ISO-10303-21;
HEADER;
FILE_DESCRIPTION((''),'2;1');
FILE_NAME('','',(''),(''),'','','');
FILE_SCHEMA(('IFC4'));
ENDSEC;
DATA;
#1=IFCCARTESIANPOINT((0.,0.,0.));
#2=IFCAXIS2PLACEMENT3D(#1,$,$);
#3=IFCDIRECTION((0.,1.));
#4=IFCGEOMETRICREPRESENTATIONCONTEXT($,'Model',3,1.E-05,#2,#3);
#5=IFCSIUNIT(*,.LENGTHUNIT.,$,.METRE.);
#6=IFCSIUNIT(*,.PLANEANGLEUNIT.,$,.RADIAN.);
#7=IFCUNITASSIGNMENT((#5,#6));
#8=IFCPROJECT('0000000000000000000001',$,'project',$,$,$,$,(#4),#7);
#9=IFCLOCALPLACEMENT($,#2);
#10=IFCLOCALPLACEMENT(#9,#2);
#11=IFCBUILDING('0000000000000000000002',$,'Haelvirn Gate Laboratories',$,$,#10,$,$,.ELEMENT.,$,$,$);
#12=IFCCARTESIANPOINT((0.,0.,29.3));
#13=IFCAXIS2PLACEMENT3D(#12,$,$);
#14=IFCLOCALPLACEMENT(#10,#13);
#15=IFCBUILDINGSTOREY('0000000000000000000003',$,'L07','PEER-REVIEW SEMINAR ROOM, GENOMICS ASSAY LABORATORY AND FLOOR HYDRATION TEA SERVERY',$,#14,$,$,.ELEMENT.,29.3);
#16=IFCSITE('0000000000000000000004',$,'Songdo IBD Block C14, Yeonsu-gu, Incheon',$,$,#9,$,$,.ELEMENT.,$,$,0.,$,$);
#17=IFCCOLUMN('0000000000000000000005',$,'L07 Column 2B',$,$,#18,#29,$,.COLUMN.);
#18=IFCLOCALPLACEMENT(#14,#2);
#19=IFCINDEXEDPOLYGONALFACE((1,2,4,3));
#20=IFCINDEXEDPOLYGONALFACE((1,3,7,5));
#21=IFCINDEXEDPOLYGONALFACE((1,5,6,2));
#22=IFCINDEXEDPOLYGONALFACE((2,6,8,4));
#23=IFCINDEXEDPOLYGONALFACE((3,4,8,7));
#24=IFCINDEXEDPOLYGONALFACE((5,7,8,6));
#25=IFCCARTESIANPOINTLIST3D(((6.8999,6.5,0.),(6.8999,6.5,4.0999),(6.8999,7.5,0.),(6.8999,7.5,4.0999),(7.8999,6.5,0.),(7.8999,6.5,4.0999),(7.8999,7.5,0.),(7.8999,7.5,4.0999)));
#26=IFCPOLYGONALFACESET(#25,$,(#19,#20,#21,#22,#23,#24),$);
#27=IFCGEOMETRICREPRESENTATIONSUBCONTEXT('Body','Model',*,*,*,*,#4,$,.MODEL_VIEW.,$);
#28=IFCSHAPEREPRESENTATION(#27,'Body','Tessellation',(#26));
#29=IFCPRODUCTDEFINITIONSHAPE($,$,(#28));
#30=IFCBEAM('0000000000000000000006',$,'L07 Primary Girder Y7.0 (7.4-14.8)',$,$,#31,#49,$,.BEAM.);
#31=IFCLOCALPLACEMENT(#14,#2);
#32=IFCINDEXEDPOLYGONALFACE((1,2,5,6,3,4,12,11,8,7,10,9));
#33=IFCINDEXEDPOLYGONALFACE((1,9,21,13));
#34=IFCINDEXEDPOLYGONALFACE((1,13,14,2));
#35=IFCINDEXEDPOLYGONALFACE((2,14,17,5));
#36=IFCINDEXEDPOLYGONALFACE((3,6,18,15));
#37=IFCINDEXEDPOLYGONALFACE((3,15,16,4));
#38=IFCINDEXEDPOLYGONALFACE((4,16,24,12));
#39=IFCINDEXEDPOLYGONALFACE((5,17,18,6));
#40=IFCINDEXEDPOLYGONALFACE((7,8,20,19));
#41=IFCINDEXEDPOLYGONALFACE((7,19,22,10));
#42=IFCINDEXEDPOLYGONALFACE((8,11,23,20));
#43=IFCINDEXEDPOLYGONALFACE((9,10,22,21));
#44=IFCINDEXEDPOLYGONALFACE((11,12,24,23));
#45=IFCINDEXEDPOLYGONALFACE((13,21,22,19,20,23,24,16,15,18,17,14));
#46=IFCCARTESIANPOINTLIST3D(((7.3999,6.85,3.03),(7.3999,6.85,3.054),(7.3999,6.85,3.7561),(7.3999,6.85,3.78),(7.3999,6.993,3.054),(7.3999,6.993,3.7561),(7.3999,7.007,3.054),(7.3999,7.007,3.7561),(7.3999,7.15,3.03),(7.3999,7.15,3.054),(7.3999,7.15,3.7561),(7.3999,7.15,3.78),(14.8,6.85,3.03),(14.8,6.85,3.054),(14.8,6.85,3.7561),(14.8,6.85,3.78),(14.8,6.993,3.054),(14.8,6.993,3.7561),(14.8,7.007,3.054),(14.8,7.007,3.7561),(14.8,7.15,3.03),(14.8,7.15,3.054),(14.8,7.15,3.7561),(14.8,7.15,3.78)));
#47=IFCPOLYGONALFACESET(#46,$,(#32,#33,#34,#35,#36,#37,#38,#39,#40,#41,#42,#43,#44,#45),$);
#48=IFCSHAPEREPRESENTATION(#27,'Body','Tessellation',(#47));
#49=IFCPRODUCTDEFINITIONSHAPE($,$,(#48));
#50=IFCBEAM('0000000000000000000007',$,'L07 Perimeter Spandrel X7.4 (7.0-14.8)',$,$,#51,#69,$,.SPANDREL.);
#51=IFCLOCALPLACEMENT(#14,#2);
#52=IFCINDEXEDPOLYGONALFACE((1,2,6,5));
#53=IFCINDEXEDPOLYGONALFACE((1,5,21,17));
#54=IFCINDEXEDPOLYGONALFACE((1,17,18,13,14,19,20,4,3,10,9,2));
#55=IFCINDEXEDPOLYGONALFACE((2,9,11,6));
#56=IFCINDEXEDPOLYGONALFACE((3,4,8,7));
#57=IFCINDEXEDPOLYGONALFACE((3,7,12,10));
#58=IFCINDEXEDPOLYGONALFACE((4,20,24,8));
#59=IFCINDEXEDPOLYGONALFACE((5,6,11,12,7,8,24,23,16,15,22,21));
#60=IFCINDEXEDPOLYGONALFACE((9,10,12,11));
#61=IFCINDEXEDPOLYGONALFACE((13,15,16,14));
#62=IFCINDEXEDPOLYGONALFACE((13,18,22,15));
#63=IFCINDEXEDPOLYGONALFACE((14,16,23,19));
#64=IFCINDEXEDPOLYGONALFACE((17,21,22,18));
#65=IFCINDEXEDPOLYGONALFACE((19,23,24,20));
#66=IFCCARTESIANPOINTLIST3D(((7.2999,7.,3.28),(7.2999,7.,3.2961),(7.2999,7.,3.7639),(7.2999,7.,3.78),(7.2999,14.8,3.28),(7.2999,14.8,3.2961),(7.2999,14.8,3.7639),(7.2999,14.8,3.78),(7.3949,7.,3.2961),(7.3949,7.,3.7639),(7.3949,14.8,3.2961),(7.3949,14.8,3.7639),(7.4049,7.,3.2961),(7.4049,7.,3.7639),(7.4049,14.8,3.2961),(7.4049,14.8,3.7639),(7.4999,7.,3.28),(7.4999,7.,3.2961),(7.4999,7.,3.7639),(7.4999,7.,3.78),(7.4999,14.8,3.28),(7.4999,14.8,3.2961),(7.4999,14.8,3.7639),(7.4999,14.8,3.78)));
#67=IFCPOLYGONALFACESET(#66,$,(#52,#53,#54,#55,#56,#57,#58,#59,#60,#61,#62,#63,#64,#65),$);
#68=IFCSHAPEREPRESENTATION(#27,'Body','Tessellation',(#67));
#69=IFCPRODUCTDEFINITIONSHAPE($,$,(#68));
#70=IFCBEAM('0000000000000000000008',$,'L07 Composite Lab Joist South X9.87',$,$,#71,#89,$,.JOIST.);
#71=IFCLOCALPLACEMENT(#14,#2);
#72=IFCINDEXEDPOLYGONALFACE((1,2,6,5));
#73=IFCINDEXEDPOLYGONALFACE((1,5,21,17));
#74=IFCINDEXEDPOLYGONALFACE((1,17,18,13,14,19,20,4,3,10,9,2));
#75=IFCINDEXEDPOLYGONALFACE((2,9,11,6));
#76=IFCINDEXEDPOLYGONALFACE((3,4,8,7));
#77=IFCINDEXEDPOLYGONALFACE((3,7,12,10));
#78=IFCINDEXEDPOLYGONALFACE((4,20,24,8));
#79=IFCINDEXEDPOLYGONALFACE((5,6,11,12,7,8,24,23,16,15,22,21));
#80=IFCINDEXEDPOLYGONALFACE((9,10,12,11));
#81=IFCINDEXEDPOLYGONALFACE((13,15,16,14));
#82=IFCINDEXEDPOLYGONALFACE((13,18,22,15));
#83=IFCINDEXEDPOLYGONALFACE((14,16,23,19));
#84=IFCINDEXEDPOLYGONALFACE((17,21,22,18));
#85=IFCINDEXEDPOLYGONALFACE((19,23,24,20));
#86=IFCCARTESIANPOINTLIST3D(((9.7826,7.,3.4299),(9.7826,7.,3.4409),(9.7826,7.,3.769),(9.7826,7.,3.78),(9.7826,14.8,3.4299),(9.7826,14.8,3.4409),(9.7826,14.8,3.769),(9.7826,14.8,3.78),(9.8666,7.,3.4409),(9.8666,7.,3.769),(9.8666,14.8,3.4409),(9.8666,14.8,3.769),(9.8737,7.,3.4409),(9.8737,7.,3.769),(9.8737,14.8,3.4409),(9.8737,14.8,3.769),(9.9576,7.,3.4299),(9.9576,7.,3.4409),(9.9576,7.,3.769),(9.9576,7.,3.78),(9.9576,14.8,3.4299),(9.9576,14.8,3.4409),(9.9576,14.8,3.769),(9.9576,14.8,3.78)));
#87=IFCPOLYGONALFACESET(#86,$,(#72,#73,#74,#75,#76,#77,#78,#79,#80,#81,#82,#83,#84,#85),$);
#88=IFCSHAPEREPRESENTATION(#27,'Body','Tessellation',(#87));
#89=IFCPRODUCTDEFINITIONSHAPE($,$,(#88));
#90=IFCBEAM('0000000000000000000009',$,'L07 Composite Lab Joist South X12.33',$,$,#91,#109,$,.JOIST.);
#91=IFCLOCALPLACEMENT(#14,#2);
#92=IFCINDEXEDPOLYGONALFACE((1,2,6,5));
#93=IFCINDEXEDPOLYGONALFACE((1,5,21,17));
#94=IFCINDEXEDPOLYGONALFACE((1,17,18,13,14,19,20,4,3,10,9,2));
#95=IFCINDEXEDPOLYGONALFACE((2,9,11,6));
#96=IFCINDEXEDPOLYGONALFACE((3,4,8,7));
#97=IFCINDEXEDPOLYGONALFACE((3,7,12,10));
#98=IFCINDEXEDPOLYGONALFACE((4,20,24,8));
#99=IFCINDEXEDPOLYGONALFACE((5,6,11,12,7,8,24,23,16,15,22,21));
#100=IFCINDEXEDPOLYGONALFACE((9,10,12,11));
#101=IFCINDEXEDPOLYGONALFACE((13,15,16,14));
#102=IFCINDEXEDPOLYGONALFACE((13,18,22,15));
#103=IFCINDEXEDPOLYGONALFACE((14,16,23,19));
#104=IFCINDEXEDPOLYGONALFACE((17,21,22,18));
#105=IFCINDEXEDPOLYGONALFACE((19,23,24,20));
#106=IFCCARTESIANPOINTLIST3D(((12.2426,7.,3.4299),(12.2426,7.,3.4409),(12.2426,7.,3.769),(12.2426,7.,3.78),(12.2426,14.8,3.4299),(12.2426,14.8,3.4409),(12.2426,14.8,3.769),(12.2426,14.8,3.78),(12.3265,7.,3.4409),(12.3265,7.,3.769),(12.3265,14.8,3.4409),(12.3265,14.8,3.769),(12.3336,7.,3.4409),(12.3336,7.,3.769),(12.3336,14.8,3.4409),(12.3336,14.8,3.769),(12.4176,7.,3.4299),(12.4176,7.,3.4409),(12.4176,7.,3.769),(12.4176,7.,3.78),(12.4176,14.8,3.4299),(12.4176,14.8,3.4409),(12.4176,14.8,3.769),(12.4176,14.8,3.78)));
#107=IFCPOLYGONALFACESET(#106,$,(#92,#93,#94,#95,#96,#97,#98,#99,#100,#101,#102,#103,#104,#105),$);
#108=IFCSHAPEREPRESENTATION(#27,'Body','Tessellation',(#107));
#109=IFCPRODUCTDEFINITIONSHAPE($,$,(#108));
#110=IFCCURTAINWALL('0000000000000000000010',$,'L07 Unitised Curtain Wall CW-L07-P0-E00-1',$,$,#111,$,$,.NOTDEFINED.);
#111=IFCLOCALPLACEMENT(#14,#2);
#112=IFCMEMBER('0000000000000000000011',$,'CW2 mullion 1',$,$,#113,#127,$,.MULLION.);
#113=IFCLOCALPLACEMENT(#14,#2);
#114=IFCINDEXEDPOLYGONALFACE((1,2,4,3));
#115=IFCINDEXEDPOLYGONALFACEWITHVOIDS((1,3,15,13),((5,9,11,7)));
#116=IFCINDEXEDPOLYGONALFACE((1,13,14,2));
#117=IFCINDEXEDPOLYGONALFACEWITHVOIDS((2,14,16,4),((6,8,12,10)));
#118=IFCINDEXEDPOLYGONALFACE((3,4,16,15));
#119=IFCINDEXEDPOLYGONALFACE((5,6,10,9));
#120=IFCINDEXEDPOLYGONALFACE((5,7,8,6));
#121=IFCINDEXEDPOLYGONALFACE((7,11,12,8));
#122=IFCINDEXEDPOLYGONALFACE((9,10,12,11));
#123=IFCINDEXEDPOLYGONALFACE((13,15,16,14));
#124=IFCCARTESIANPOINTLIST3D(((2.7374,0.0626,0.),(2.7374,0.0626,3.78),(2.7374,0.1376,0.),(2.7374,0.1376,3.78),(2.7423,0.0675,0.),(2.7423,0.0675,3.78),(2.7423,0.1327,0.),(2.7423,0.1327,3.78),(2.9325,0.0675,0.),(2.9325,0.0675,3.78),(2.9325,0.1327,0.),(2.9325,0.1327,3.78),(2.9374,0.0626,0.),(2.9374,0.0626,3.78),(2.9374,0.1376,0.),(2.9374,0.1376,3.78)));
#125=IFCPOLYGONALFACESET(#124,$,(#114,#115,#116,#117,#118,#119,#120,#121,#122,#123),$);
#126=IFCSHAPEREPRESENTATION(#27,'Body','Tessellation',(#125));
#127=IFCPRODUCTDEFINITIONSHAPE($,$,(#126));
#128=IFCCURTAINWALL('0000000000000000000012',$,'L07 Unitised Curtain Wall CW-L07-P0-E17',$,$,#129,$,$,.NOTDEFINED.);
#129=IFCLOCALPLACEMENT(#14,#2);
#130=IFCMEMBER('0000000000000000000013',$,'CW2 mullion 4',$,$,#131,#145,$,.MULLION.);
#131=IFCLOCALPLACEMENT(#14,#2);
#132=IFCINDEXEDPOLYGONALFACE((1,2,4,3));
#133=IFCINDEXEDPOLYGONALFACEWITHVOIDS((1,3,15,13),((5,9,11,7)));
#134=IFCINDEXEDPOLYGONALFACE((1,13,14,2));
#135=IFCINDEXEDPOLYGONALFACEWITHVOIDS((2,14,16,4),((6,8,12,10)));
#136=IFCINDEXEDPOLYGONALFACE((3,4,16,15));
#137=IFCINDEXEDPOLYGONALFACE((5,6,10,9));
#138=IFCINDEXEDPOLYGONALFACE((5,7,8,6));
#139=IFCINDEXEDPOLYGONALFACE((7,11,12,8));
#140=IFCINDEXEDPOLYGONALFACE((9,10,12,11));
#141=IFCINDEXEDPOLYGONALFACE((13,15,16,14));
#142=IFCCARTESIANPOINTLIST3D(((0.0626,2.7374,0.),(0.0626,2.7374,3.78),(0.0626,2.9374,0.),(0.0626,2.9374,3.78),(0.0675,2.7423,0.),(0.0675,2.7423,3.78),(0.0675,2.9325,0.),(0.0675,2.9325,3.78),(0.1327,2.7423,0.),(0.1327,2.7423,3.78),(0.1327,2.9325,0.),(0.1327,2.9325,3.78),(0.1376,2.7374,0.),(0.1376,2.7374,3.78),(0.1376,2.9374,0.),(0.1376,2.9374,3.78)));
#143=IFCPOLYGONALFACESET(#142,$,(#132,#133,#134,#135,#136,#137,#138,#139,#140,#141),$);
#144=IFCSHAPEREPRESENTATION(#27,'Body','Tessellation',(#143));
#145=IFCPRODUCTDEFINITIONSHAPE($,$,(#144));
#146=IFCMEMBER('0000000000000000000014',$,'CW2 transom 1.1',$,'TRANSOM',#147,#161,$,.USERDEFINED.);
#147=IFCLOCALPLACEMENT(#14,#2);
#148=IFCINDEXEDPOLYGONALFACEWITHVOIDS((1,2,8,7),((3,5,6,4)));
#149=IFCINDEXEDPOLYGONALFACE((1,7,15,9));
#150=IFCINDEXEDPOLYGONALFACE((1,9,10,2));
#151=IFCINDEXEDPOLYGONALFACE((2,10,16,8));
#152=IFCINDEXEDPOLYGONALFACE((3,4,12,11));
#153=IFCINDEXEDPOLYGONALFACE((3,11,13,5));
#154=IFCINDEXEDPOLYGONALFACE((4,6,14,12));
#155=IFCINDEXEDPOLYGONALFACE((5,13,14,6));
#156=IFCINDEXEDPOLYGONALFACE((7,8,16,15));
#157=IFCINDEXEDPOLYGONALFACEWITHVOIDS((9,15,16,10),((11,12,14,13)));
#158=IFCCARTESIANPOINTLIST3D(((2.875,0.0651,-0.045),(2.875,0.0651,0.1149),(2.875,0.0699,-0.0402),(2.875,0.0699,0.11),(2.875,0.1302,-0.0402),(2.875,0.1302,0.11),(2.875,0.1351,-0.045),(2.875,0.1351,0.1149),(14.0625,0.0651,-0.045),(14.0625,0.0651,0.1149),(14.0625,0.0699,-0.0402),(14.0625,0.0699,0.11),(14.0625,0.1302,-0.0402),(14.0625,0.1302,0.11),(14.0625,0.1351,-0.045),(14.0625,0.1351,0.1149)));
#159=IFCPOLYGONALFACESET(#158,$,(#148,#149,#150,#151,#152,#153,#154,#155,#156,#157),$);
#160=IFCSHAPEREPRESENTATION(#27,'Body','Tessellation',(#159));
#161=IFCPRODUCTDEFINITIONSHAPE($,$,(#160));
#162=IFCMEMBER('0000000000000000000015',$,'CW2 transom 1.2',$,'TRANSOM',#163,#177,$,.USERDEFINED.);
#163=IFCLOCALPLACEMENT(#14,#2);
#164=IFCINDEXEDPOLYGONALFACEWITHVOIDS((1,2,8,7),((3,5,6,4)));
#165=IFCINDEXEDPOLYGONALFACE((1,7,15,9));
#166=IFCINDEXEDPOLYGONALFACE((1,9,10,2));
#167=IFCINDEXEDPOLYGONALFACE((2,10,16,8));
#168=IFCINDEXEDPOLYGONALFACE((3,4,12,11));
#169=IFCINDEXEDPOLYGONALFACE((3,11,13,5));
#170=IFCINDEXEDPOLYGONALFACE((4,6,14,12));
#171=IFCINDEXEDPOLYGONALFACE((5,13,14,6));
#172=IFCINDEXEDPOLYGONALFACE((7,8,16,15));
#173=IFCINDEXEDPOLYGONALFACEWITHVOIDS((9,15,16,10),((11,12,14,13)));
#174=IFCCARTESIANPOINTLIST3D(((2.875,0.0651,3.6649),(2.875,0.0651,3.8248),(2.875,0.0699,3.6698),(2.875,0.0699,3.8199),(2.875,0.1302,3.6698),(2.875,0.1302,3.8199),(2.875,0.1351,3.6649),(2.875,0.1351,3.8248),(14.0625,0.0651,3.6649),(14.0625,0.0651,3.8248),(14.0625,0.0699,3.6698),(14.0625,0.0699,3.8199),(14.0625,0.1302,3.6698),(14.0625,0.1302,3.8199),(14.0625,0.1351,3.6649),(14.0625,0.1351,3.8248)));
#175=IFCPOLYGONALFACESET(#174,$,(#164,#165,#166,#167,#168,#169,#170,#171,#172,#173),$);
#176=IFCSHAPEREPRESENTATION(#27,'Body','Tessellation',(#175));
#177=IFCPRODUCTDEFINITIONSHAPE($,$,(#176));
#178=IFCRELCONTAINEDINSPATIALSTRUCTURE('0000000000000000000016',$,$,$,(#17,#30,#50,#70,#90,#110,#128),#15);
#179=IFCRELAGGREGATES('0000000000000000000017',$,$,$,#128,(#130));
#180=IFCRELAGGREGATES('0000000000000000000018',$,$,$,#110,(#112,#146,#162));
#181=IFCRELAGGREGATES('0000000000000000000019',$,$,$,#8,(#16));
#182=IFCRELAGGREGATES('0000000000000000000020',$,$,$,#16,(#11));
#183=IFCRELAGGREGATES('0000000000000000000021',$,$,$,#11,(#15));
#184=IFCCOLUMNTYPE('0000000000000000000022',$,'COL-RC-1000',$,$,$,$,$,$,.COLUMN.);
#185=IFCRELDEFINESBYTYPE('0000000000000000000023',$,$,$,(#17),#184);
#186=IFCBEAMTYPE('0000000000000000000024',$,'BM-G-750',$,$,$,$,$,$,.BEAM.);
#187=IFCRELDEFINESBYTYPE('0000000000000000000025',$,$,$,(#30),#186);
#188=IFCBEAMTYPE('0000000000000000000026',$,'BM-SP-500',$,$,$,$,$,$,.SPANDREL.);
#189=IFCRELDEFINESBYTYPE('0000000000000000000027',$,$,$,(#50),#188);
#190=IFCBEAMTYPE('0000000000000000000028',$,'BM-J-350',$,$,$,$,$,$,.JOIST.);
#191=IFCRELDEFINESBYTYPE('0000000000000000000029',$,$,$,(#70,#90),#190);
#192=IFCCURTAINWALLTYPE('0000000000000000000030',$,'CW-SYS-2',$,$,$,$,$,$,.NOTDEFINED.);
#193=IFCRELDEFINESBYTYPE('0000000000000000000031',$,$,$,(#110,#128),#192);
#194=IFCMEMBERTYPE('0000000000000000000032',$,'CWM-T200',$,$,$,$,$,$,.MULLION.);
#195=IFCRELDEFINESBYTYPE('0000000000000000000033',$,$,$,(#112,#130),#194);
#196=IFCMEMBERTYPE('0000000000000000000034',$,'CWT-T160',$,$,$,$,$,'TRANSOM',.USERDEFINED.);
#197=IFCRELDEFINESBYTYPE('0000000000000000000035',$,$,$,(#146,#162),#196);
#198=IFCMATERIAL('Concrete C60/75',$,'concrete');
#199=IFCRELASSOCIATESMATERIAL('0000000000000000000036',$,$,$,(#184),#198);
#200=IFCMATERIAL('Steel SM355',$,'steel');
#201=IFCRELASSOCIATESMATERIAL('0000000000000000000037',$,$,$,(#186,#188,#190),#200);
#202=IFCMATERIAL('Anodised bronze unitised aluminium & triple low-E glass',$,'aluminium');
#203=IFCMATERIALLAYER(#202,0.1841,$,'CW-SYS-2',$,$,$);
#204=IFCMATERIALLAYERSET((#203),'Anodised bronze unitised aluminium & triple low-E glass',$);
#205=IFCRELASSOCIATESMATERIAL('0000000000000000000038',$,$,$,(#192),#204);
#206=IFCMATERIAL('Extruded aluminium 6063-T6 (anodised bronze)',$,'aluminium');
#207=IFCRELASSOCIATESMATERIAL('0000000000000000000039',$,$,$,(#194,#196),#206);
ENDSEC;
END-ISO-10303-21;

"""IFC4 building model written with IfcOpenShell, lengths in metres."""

from ifc_helpers import new_model, si_unit, direction, frame, origin, origin_2d, place, context, subcontext, project, spatial, rectangle, hollow_rectangle, i_section, extrude, source, transform, mapped, material, layer, layer_set, material_profile, profile_set, type_object, type_shapes, element, aggregate, save


model = new_model("IFC4")

# Units and contexts
model_context = context("Model", 3, precision=1e-05, world=origin(), true_north=direction((0.0, 1.0)))
body_context = subcontext(model_context, "Body", "Model", "MODEL_VIEW")
ifc_project = project(units=[si_unit("LENGTHUNIT", "METRE"), si_unit("PLANEANGLEUNIT", "RADIAN")], contexts=[model_context])

# Site, building, storey
site_placement = place(None, origin())
site = spatial("IfcSite", under=ifc_project, at=site_placement, Name="Songdo IBD Block C14, Yeonsu-gu, Incheon", CompositionType="ELEMENT", RefElevation=0.0)
building_placement = place(site_placement, origin())
building = spatial("IfcBuilding", under=site, at=building_placement, Name="Haelvirn Gate Laboratories", CompositionType="ELEMENT")
storey_placement = place(building_placement, frame((0.0, 0.0, 29.3)))
storey = spatial("IfcBuildingStorey", under=building, at=storey_placement, Name="L07", Description="PEER-REVIEW SEMINAR ROOM, GENOMICS ASSAY LABORATORY AND FLOOR HYDRATION TEA SERVERY", CompositionType="ELEMENT", Elevation=29.3)

# Column
ifc_material_1 = material(Name="Concrete C60/75", Category="concrete")
ifc_material_profile_1 = material_profile(ifc_material_1, rectangle(XDim=1.0, YDim=1.0, at=origin_2d()), Name="RC-1000x1000")
ifc_profile_set_1 = profile_set([ifc_material_profile_1], Name="Concrete C60/75")
column_type = type_object("IfcColumnType", Name="COL-RC-1000", PredefinedType="COLUMN", material=ifc_profile_set_1)
shared_shape_1 = source(origin(), body_context, "Body", "SweptSolid", [
    extrude(rectangle(XDim=1.0, YDim=1.0, at=origin_2d()), origin(), (0.0, 0.0, 1.0), 4.0999),
])
type_shapes(column_type, [shared_shape_1])
column_placement = place(storey_placement, frame((7.3999, 7.0, 0.0), z_axis=(0.0, 0.0, 1.0), x_axis=(1.0, 0.0, 0.0)))
element("IfcColumn", 1, at=column_placement, inside=storey, type_object=column_type, Name="L07 Column 2B", PredefinedType="COLUMN", context=body_context, shape_type="MappedRepresentation", body=[
    mapped(shared_shape_1, transform((0.0, 0.0, 0.0), scale=1.0)),
])

# Beams
ifc_material_2 = material(Name="Steel SM355", Category="steel")
ifc_material_profile_2 = material_profile(ifc_material_2, i_section(OverallWidth=0.3, OverallDepth=0.75, WebThickness=0.0139, FlangeThickness=0.0239, at=origin_2d()), Name="H-750x300x14x24")
ifc_profile_set_2 = profile_set([ifc_material_profile_2], Name="Steel SM355")
beam_type_1 = type_object("IfcBeamType", Name="BM-G-750", PredefinedType="BEAM", material=ifc_profile_set_2)
shared_shape_2 = source(origin(), body_context, "Body", "SweptSolid", [
    extrude(i_section(OverallWidth=0.3, OverallDepth=0.75, WebThickness=0.0139, FlangeThickness=0.0239, at=origin_2d()), origin(), (0.0, 0.0, 1.0), 7.4001),
])
type_shapes(beam_type_1, [shared_shape_2])
beam_1_placement = place(storey_placement, frame((7.3999, 7.0, 3.405), z_axis=(1.0, 0.0, 0.0), x_axis=(0.0, 1.0, 0.0)))
element("IfcBeam", 2, at=beam_1_placement, inside=storey, type_object=beam_type_1, Name="L07 Primary Girder Y7.0 (7.4-14.8)", PredefinedType="BEAM", context=body_context, shape_type="MappedRepresentation", body=[
    mapped(shared_shape_2, transform((0.0, 0.0, 0.0), scale=1.0)),
])
ifc_material_profile_3 = material_profile(ifc_material_2, i_section(OverallWidth=0.2, OverallDepth=0.5, WebThickness=0.01, FlangeThickness=0.0161, at=origin_2d()), Name="H-500x200x10x16")
ifc_profile_set_3 = profile_set([ifc_material_profile_3], Name="Steel SM355")
beam_type_2 = type_object("IfcBeamType", Name="BM-SP-500", PredefinedType="SPANDREL", material=ifc_profile_set_3)
shared_shape_3 = source(origin(), body_context, "Body", "SweptSolid", [
    extrude(i_section(OverallWidth=0.2, OverallDepth=0.5, WebThickness=0.01, FlangeThickness=0.0161, at=origin_2d()), origin(), (0.0, 0.0, 1.0), 7.8),
])
type_shapes(beam_type_2, [shared_shape_3])
beam_2_placement = place(storey_placement, frame((7.3999, 7.0, 3.53), z_axis=(0.0, 1.0, 0.0), x_axis=(-1.0, 0.0, 0.0)))
element("IfcBeam", 3, at=beam_2_placement, inside=storey, type_object=beam_type_2, Name="L07 Perimeter Spandrel X7.4 (7.0-14.8)", PredefinedType="SPANDREL", context=body_context, shape_type="MappedRepresentation", body=[
    mapped(shared_shape_3, transform((0.0, 0.0, 0.0), scale=1.0)),
])
ifc_material_profile_4 = material_profile(ifc_material_2, i_section(OverallWidth=0.175, OverallDepth=0.3501, WebThickness=0.0071, FlangeThickness=0.011, at=origin_2d()), Name="H-350x175x7x11")
ifc_profile_set_4 = profile_set([ifc_material_profile_4], Name="Steel SM355")
beam_type_3 = type_object("IfcBeamType", Name="BM-J-350", PredefinedType="JOIST", material=ifc_profile_set_4)
shared_shape_4 = source(origin(), body_context, "Body", "SweptSolid", [
    extrude(i_section(OverallWidth=0.175, OverallDepth=0.3501, WebThickness=0.0071, FlangeThickness=0.011, at=origin_2d()), origin(), (0.0, 0.0, 1.0), 7.8),
])
type_shapes(beam_type_3, [shared_shape_4])
for number, where, z_axis, x_axis, name in (
    (4, (9.8701, 7.0, 3.605), (0.0, 1.0, 0.0), (-1.0, 0.0, 0.0), "L07 Composite Lab Joist South X9.87"),
    (5, (12.3301, 7.0, 3.605), (0.0, 1.0, 0.0), (-1.0, 0.0, 0.0), "L07 Composite Lab Joist South X12.33"),
):
    element("IfcBeam", number, at=place(storey_placement, frame(where, z_axis=z_axis, x_axis=x_axis)), inside=storey, type_object=beam_type_3, Name=name, PredefinedType="JOIST", context=body_context, shape_type="MappedRepresentation", body=[
        mapped(shared_shape_4, transform((0.0, 0.0, 0.0), scale=1.0)),
    ])

# Curtain walls, members
ifc_material_3 = material(Name="Anodised bronze unitised aluminium & triple low-E glass", Category="aluminium")
ifc_layer_1 = layer(ifc_material_3, 0.1841, Name="CW-SYS-2")
ifc_layer_set_1 = layer_set([ifc_layer_1], Name="Anodised bronze unitised aluminium & triple low-E glass")
curtain_wall_type_1 = type_object("IfcCurtainWallType", Name="CW-SYS-2", PredefinedType="NOTDEFINED", material=ifc_layer_set_1)
curtain_wall_1_placement = place(storey_placement, origin())
curtain_wall_1 = element("IfcCurtainWall", 6, at=curtain_wall_1_placement, inside=storey, type_object=curtain_wall_type_1, Name="L07 Unitised Curtain Wall CW-L07-P0-E00-1", PredefinedType="NOTDEFINED")
ifc_material_4 = material(Name="Extruded aluminium 6063-T6 (anodised bronze)", Category="aluminium")
ifc_material_profile_5 = material_profile(ifc_material_4, hollow_rectangle(XDim=0.075, YDim=0.2, WallThickness=0.0049, at=origin_2d()), Name="CWM-200x75x5")
ifc_profile_set_5 = profile_set([ifc_material_profile_5], Name="Extruded aluminium 6063-T6 (anodised bronze)")
member_type_1 = type_object("IfcMemberType", Name="CWM-T200", PredefinedType="MULLION", material=ifc_profile_set_5)
shared_shape_5 = source(origin(), body_context, "Body", "SweptSolid", [
    extrude(hollow_rectangle(XDim=0.075, YDim=0.2, WallThickness=0.0049, at=origin_2d()), origin(), (0.0, 0.0, 1.0), 3.78),
])
type_shapes(member_type_1, [shared_shape_5])
member_1_placement = place(storey_placement, frame((2.8374, 0.1001, 0.0), z_axis=(0.0, 0.0, 1.0), x_axis=(0.0, 1.0, 0.0)))
member_1 = element("IfcMember", 7, at=member_1_placement, type_object=member_type_1, Name="CW2 mullion 1", PredefinedType="MULLION", context=body_context, shape_type="MappedRepresentation", body=[
    mapped(shared_shape_5, transform((0.0, 0.0, 0.0), scale=1.0)),
])
curtain_wall_2_placement = place(storey_placement, origin())
curtain_wall_2 = element("IfcCurtainWall", 8, at=curtain_wall_2_placement, inside=storey, type_object=curtain_wall_type_1, Name="L07 Unitised Curtain Wall CW-L07-P0-E17", PredefinedType="NOTDEFINED")
member_2_placement = place(storey_placement, frame((0.1001, 2.8374, 0.0), z_axis=(0.0, 0.0, 1.0), x_axis=(1.0, 0.0, 0.0)))
member_2 = element("IfcMember", 9, at=member_2_placement, type_object=member_type_1, Name="CW2 mullion 4", PredefinedType="MULLION", context=body_context, shape_type="MappedRepresentation", body=[
    mapped(shared_shape_5, transform((0.0, 0.0, 0.0), scale=1.0)),
])
aggregate(curtain_wall_2, [member_2])

# Members
ifc_material_profile_6 = material_profile(ifc_material_4, hollow_rectangle(XDim=0.0701, YDim=0.1599, WallThickness=0.0049, at=origin_2d()), Name="CWT-160x70x5")
ifc_profile_set_6 = profile_set([ifc_material_profile_6], Name="Extruded aluminium 6063-T6 (anodised bronze)")
member_type_2 = type_object("IfcMemberType", Name="CWT-T160", ElementType="TRANSOM", PredefinedType="USERDEFINED", material=ifc_profile_set_6)
shared_shape_6 = source(origin(), body_context, "Body", "SweptSolid", [
    extrude(hollow_rectangle(XDim=0.0701, YDim=0.1599, WallThickness=0.0049, at=origin_2d()), origin(), (0.0, 0.0, 1.0), 11.1875),
])
type_shapes(member_type_2, [shared_shape_6])
member_3_placement = place(storey_placement, frame((2.875, 0.1001, 0.0349), z_axis=(1.0, 0.0, 0.0), x_axis=(0.0, 1.0, 0.0)))
member_3 = element("IfcMember", 10, at=member_3_placement, type_object=member_type_2, Name="CW2 transom 1.1", ObjectType="TRANSOM", PredefinedType="USERDEFINED", context=body_context, shape_type="MappedRepresentation", body=[
    mapped(shared_shape_6, transform((0.0, 0.0, 0.0), scale=1.0)),
])
member_4_placement = place(storey_placement, frame((2.875, 0.1001, 3.7449), z_axis=(1.0, 0.0, 0.0), x_axis=(0.0, 1.0, 0.0)))
member_4 = element("IfcMember", 11, at=member_4_placement, type_object=member_type_2, Name="CW2 transom 1.2", ObjectType="TRANSOM", PredefinedType="USERDEFINED", context=body_context, shape_type="MappedRepresentation", body=[
    mapped(shared_shape_6, transform((0.0, 0.0, 0.0), scale=1.0)),
])

aggregate(curtain_wall_1, [member_1, member_3, member_4])

save(model, "model.ifc")
